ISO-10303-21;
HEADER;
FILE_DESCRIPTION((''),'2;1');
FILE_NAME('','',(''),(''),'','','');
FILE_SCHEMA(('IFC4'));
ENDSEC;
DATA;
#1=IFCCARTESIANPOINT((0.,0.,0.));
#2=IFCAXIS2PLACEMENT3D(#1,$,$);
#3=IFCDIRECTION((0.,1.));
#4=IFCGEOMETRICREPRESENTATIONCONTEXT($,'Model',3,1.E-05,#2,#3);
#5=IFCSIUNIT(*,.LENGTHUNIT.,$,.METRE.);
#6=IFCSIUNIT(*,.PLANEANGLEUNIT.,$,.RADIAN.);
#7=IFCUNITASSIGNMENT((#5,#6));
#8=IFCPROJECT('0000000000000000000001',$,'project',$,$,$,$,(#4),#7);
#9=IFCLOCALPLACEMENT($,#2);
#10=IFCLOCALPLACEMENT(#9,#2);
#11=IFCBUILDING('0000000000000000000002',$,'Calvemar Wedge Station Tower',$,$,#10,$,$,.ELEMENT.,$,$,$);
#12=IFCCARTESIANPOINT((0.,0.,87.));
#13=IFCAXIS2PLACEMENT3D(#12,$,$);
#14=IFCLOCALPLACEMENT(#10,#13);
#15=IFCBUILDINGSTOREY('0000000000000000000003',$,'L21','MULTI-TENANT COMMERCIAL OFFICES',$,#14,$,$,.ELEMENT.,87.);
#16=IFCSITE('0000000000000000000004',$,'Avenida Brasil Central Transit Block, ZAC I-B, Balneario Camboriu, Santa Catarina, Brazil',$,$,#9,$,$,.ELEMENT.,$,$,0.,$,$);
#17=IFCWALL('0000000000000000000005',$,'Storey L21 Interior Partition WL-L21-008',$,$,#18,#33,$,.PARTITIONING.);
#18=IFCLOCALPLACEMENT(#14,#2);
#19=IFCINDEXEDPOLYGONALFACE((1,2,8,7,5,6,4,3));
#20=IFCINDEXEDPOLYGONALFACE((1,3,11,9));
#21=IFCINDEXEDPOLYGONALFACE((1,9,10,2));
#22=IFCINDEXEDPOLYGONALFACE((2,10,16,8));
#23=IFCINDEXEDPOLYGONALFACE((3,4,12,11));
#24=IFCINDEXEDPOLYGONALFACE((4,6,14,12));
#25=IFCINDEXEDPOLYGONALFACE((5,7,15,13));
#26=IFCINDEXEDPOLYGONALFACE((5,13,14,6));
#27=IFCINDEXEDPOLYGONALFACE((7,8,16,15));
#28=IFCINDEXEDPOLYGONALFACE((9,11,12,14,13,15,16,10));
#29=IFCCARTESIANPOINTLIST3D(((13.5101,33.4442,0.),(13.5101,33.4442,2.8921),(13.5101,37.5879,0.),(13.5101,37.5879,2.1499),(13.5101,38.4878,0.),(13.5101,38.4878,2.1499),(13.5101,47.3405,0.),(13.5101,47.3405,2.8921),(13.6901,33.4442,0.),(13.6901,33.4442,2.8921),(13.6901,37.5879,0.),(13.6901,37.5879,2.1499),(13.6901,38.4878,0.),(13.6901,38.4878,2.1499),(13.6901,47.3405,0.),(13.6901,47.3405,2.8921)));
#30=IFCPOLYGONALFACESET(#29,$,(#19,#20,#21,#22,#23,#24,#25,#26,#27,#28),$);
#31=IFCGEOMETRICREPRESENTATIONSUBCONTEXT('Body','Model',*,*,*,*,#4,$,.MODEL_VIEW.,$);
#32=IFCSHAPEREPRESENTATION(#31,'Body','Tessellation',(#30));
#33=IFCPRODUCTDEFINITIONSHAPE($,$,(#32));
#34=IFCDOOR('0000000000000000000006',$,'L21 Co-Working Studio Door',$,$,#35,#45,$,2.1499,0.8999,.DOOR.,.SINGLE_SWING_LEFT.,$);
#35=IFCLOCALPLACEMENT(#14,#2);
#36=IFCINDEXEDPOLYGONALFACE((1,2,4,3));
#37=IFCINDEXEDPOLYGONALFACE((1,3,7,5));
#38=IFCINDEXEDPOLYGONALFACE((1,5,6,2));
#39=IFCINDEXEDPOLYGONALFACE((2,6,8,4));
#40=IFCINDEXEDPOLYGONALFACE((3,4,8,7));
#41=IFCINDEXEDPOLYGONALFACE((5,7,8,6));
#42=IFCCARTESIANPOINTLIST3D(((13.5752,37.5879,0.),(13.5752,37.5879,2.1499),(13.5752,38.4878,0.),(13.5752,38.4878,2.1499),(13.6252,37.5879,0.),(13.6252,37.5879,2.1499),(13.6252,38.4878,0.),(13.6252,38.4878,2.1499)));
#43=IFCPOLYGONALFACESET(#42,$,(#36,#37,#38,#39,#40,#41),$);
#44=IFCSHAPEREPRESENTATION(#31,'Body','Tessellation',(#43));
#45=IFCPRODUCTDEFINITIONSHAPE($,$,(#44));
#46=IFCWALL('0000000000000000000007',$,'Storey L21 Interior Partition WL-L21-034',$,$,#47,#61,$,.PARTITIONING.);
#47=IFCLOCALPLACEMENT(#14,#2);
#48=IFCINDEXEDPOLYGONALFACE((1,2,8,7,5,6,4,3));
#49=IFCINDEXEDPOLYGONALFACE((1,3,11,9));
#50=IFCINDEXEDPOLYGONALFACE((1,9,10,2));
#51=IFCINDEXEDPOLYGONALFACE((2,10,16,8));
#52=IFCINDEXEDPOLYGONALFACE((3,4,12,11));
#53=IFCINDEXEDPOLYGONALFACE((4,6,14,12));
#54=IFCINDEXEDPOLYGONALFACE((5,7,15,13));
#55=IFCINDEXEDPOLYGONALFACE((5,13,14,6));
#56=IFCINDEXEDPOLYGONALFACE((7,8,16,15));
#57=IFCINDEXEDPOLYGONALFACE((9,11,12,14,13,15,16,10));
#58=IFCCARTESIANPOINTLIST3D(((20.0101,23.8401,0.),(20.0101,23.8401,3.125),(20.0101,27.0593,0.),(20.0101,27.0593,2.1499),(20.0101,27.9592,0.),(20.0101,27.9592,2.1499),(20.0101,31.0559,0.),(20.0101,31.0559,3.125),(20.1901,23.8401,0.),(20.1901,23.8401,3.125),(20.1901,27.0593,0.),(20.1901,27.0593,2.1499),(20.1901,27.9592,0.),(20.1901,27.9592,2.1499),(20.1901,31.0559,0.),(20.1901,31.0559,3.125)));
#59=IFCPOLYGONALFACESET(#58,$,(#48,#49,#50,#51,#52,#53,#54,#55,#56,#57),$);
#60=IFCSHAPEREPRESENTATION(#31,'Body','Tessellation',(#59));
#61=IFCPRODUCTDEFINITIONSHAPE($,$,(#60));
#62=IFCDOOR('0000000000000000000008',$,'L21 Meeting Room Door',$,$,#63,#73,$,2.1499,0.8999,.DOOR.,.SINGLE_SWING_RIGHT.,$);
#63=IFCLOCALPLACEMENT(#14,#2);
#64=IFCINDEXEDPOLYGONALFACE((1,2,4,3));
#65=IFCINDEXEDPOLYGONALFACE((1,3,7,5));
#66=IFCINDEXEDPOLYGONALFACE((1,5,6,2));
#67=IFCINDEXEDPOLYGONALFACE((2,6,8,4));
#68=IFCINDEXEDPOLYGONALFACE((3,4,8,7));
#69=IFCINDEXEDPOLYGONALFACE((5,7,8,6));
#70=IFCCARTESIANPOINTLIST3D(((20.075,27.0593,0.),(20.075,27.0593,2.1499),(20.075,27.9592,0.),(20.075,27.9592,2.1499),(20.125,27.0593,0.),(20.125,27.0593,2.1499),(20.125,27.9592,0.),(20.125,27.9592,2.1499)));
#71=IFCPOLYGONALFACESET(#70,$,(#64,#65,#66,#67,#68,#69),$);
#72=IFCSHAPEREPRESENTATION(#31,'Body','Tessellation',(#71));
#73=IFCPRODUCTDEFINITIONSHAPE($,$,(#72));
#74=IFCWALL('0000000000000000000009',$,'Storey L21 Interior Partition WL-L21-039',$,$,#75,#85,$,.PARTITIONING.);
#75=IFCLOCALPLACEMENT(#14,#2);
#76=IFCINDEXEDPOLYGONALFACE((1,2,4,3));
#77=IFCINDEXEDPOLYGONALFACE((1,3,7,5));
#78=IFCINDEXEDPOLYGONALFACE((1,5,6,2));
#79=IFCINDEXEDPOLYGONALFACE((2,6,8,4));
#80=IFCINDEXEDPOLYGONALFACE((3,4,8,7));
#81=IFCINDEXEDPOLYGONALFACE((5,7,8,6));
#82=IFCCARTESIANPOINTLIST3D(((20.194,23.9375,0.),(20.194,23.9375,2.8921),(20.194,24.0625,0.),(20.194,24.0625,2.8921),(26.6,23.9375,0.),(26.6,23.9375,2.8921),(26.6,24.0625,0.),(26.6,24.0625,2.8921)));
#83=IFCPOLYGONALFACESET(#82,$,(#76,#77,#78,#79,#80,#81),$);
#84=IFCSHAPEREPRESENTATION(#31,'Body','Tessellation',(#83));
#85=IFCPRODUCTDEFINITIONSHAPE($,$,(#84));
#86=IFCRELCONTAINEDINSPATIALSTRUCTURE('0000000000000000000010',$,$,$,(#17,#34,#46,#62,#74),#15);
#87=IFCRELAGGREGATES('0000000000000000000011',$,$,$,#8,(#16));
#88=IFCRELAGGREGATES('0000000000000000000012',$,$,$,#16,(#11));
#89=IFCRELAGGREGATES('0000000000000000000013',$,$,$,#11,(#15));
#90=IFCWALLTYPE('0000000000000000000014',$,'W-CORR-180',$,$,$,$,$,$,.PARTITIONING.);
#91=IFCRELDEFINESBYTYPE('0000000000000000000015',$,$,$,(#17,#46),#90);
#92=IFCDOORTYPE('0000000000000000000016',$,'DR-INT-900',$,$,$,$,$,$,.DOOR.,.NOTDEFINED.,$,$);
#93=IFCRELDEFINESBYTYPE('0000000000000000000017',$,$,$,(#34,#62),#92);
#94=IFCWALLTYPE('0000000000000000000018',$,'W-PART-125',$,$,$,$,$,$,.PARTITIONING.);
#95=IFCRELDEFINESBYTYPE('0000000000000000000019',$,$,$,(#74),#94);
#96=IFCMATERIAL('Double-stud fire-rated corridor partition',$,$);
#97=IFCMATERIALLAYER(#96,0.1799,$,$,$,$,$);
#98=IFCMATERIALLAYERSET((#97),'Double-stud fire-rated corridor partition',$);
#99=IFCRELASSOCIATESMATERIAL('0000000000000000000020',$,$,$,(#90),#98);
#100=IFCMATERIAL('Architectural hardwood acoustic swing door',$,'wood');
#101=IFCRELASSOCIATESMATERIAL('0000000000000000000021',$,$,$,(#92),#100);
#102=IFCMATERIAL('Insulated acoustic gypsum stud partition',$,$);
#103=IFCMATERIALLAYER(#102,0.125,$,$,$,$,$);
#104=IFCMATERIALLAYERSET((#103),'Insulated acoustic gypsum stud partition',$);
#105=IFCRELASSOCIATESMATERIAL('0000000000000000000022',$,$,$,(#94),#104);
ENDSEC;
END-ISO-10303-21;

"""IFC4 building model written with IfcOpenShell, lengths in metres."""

from ifc_helpers import new_model, si_unit, direction, frame, frame_2d, origin, place, context, subcontext, project, spatial, rectangle, extrude, source, transform, mapped, material, layer, layer_set, type_object, element, fill, save


model = new_model("IFC4")

# Units and contexts
model_context = context("Model", 3, precision=1e-05, world=origin(), true_north=direction((0.0, 1.0)))
body_context = subcontext(model_context, "Body", "Model", "MODEL_VIEW")
ifc_project = project(units=[si_unit("LENGTHUNIT", "METRE"), si_unit("PLANEANGLEUNIT", "RADIAN")], contexts=[model_context])

# Site, building, storey
site_placement = place(None, origin())
site = spatial("IfcSite", under=ifc_project, at=site_placement, Name="Avenida Brasil Central Transit Block, ZAC I-B, Balneario Camboriu, Santa Catarina, Brazil", CompositionType="ELEMENT", RefElevation=0.0)
building_placement = place(site_placement, origin())
building = spatial("IfcBuilding", under=site, at=building_placement, Name="Calvemar Wedge Station Tower", CompositionType="ELEMENT")
storey_placement = place(building_placement, frame((0.0, 0.0, 87.0)))
storey = spatial("IfcBuildingStorey", under=building, at=storey_placement, Name="L21", Description="MULTI-TENANT COMMERCIAL OFFICES", CompositionType="ELEMENT", Elevation=87.0)

# Shared definitions
ifc_material_1 = material(Name="Double-stud fire-rated corridor partition")
ifc_layer_1 = layer(ifc_material_1, 0.1799)
ifc_layer_set_1 = layer_set([ifc_layer_1], Name="Double-stud fire-rated corridor partition")
wall_type_1 = type_object("IfcWallType", Name="W-CORR-180", PredefinedType="PARTITIONING", material=ifc_layer_set_1)

# Walls, openings, doors
wall_1_placement = place(storey_placement, frame((13.6001, 33.4441, 0.0), z_axis=(0.0, 0.0, 1.0), x_axis=(0.0, 1.0, 0.0)))
wall_1 = element("IfcWall", 1, at=wall_1_placement, inside=storey, type_object=wall_type_1, Name="Storey L21 Interior Partition WL-L21-008", PredefinedType="PARTITIONING", context=body_context, shape_type="SweptSolid", body=[
    extrude(rectangle(XDim=13.8962, YDim=0.1799, at=frame_2d((6.9482, 0.0))), origin(), (0.0, 0.0, 1.0), 2.8921),
])
shared_shape_1 = source(origin(), body_context, "Body", "SweptSolid", [
    extrude(rectangle(XDim=0.8999, YDim=2.1499, at=frame_2d((0.45, 1.075))), frame((0.0, 0.1001, 0.0), z_axis=(0.0, -1.0, 0.0), x_axis=(1.0, 0.0, 0.0)), (0.0, 0.0, 1.0), 0.2),
])
opening_1_placement = place(wall_1_placement, frame((4.1438, 0.0, 0.0)))
opening_1 = element("IfcOpeningElement", 2, at=opening_1_placement, cuts=wall_1, PredefinedType="OPENING", context=body_context, shape_type="MappedRepresentation", body=[
    mapped(shared_shape_1, transform((0.0, 0.0, 0.0), scale=1.0)),
])
ifc_material_2 = material(Name="Architectural hardwood acoustic swing door", Category="wood")
door_type_1 = type_object("IfcDoorType", Name="DR-INT-900", OperationType="NOTDEFINED", PredefinedType="DOOR", material=ifc_material_2)
shared_shape_2 = source(origin(), body_context, "Body", "SweptSolid", [
    extrude(rectangle(XDim=0.8999, YDim=2.1499, at=frame_2d((0.45, 1.075))), frame((0.0, 0.0249, 0.0), z_axis=(0.0, -1.0, 0.0), x_axis=(1.0, 0.0, 0.0)), (0.0, 0.0, 1.0), 0.05),
])
door_1_placement = place(opening_1_placement, origin())
door_1 = element("IfcDoor", 3, at=door_1_placement, inside=storey, type_object=door_type_1, Name="L21 Co-Working Studio Door", OperationType="SINGLE_SWING_LEFT", OverallHeight=2.1499, OverallWidth=0.8999, PredefinedType="DOOR", context=body_context, shape_type="MappedRepresentation", body=[
    mapped(shared_shape_2, transform((0.0, 0.0, 0.0), scale=1.0)),
])
fill(opening_1, door_1)
wall_2_placement = place(storey_placement, frame((20.1001, 31.0559, 0.0), z_axis=(0.0, 0.0, 1.0), x_axis=(0.0, -1.0, 0.0)))
wall_2 = element("IfcWall", 4, at=wall_2_placement, inside=storey, type_object=wall_type_1, Name="Storey L21 Interior Partition WL-L21-034", PredefinedType="PARTITIONING", context=body_context, shape_type="SweptSolid", body=[
    extrude(rectangle(XDim=7.2158, YDim=0.1799, at=frame_2d((3.6079, 0.0))), origin(), (0.0, 0.0, 1.0), 3.125),
])
opening_2_placement = place(wall_2_placement, frame((3.0967, 0.0, 0.0)))
opening_2 = element("IfcOpeningElement", 5, at=opening_2_placement, cuts=wall_2, PredefinedType="OPENING", context=body_context, shape_type="MappedRepresentation", body=[
    mapped(shared_shape_1, transform((0.0, 0.0, 0.0), scale=1.0)),
])
door_2_placement = place(opening_2_placement, origin())
door_2 = element("IfcDoor", 6, at=door_2_placement, inside=storey, type_object=door_type_1, Name="L21 Meeting Room Door", OperationType="SINGLE_SWING_RIGHT", OverallHeight=2.1499, OverallWidth=0.8999, PredefinedType="DOOR", context=body_context, shape_type="MappedRepresentation", body=[
    mapped(shared_shape_2, transform((0.0, 0.0, 0.0), scale=1.0)),
])
fill(opening_2, door_2)

# Wall
ifc_material_3 = material(Name="Insulated acoustic gypsum stud partition")
ifc_layer_2 = layer(ifc_material_3, 0.125)
ifc_layer_set_2 = layer_set([ifc_layer_2], Name="Insulated acoustic gypsum stud partition")
wall_type_2 = type_object("IfcWallType", Name="W-PART-125", PredefinedType="PARTITIONING", material=ifc_layer_set_2)
wall_3_placement = place(storey_placement, frame((26.6001, 24.0, 0.0), z_axis=(0.0, 0.0, 1.0), x_axis=(-1.0, 0.0, 0.0)))
element("IfcWall", 7, at=wall_3_placement, inside=storey, type_object=wall_type_2, Name="Storey L21 Interior Partition WL-L21-039", PredefinedType="PARTITIONING", context=body_context, shape_type="SweptSolid", body=[
    extrude(rectangle(XDim=6.406, YDim=0.125, at=frame_2d((3.2031, 0.0))), origin(), (0.0, 0.0, 1.0), 2.8921),
])

save(model, "model.ifc")
